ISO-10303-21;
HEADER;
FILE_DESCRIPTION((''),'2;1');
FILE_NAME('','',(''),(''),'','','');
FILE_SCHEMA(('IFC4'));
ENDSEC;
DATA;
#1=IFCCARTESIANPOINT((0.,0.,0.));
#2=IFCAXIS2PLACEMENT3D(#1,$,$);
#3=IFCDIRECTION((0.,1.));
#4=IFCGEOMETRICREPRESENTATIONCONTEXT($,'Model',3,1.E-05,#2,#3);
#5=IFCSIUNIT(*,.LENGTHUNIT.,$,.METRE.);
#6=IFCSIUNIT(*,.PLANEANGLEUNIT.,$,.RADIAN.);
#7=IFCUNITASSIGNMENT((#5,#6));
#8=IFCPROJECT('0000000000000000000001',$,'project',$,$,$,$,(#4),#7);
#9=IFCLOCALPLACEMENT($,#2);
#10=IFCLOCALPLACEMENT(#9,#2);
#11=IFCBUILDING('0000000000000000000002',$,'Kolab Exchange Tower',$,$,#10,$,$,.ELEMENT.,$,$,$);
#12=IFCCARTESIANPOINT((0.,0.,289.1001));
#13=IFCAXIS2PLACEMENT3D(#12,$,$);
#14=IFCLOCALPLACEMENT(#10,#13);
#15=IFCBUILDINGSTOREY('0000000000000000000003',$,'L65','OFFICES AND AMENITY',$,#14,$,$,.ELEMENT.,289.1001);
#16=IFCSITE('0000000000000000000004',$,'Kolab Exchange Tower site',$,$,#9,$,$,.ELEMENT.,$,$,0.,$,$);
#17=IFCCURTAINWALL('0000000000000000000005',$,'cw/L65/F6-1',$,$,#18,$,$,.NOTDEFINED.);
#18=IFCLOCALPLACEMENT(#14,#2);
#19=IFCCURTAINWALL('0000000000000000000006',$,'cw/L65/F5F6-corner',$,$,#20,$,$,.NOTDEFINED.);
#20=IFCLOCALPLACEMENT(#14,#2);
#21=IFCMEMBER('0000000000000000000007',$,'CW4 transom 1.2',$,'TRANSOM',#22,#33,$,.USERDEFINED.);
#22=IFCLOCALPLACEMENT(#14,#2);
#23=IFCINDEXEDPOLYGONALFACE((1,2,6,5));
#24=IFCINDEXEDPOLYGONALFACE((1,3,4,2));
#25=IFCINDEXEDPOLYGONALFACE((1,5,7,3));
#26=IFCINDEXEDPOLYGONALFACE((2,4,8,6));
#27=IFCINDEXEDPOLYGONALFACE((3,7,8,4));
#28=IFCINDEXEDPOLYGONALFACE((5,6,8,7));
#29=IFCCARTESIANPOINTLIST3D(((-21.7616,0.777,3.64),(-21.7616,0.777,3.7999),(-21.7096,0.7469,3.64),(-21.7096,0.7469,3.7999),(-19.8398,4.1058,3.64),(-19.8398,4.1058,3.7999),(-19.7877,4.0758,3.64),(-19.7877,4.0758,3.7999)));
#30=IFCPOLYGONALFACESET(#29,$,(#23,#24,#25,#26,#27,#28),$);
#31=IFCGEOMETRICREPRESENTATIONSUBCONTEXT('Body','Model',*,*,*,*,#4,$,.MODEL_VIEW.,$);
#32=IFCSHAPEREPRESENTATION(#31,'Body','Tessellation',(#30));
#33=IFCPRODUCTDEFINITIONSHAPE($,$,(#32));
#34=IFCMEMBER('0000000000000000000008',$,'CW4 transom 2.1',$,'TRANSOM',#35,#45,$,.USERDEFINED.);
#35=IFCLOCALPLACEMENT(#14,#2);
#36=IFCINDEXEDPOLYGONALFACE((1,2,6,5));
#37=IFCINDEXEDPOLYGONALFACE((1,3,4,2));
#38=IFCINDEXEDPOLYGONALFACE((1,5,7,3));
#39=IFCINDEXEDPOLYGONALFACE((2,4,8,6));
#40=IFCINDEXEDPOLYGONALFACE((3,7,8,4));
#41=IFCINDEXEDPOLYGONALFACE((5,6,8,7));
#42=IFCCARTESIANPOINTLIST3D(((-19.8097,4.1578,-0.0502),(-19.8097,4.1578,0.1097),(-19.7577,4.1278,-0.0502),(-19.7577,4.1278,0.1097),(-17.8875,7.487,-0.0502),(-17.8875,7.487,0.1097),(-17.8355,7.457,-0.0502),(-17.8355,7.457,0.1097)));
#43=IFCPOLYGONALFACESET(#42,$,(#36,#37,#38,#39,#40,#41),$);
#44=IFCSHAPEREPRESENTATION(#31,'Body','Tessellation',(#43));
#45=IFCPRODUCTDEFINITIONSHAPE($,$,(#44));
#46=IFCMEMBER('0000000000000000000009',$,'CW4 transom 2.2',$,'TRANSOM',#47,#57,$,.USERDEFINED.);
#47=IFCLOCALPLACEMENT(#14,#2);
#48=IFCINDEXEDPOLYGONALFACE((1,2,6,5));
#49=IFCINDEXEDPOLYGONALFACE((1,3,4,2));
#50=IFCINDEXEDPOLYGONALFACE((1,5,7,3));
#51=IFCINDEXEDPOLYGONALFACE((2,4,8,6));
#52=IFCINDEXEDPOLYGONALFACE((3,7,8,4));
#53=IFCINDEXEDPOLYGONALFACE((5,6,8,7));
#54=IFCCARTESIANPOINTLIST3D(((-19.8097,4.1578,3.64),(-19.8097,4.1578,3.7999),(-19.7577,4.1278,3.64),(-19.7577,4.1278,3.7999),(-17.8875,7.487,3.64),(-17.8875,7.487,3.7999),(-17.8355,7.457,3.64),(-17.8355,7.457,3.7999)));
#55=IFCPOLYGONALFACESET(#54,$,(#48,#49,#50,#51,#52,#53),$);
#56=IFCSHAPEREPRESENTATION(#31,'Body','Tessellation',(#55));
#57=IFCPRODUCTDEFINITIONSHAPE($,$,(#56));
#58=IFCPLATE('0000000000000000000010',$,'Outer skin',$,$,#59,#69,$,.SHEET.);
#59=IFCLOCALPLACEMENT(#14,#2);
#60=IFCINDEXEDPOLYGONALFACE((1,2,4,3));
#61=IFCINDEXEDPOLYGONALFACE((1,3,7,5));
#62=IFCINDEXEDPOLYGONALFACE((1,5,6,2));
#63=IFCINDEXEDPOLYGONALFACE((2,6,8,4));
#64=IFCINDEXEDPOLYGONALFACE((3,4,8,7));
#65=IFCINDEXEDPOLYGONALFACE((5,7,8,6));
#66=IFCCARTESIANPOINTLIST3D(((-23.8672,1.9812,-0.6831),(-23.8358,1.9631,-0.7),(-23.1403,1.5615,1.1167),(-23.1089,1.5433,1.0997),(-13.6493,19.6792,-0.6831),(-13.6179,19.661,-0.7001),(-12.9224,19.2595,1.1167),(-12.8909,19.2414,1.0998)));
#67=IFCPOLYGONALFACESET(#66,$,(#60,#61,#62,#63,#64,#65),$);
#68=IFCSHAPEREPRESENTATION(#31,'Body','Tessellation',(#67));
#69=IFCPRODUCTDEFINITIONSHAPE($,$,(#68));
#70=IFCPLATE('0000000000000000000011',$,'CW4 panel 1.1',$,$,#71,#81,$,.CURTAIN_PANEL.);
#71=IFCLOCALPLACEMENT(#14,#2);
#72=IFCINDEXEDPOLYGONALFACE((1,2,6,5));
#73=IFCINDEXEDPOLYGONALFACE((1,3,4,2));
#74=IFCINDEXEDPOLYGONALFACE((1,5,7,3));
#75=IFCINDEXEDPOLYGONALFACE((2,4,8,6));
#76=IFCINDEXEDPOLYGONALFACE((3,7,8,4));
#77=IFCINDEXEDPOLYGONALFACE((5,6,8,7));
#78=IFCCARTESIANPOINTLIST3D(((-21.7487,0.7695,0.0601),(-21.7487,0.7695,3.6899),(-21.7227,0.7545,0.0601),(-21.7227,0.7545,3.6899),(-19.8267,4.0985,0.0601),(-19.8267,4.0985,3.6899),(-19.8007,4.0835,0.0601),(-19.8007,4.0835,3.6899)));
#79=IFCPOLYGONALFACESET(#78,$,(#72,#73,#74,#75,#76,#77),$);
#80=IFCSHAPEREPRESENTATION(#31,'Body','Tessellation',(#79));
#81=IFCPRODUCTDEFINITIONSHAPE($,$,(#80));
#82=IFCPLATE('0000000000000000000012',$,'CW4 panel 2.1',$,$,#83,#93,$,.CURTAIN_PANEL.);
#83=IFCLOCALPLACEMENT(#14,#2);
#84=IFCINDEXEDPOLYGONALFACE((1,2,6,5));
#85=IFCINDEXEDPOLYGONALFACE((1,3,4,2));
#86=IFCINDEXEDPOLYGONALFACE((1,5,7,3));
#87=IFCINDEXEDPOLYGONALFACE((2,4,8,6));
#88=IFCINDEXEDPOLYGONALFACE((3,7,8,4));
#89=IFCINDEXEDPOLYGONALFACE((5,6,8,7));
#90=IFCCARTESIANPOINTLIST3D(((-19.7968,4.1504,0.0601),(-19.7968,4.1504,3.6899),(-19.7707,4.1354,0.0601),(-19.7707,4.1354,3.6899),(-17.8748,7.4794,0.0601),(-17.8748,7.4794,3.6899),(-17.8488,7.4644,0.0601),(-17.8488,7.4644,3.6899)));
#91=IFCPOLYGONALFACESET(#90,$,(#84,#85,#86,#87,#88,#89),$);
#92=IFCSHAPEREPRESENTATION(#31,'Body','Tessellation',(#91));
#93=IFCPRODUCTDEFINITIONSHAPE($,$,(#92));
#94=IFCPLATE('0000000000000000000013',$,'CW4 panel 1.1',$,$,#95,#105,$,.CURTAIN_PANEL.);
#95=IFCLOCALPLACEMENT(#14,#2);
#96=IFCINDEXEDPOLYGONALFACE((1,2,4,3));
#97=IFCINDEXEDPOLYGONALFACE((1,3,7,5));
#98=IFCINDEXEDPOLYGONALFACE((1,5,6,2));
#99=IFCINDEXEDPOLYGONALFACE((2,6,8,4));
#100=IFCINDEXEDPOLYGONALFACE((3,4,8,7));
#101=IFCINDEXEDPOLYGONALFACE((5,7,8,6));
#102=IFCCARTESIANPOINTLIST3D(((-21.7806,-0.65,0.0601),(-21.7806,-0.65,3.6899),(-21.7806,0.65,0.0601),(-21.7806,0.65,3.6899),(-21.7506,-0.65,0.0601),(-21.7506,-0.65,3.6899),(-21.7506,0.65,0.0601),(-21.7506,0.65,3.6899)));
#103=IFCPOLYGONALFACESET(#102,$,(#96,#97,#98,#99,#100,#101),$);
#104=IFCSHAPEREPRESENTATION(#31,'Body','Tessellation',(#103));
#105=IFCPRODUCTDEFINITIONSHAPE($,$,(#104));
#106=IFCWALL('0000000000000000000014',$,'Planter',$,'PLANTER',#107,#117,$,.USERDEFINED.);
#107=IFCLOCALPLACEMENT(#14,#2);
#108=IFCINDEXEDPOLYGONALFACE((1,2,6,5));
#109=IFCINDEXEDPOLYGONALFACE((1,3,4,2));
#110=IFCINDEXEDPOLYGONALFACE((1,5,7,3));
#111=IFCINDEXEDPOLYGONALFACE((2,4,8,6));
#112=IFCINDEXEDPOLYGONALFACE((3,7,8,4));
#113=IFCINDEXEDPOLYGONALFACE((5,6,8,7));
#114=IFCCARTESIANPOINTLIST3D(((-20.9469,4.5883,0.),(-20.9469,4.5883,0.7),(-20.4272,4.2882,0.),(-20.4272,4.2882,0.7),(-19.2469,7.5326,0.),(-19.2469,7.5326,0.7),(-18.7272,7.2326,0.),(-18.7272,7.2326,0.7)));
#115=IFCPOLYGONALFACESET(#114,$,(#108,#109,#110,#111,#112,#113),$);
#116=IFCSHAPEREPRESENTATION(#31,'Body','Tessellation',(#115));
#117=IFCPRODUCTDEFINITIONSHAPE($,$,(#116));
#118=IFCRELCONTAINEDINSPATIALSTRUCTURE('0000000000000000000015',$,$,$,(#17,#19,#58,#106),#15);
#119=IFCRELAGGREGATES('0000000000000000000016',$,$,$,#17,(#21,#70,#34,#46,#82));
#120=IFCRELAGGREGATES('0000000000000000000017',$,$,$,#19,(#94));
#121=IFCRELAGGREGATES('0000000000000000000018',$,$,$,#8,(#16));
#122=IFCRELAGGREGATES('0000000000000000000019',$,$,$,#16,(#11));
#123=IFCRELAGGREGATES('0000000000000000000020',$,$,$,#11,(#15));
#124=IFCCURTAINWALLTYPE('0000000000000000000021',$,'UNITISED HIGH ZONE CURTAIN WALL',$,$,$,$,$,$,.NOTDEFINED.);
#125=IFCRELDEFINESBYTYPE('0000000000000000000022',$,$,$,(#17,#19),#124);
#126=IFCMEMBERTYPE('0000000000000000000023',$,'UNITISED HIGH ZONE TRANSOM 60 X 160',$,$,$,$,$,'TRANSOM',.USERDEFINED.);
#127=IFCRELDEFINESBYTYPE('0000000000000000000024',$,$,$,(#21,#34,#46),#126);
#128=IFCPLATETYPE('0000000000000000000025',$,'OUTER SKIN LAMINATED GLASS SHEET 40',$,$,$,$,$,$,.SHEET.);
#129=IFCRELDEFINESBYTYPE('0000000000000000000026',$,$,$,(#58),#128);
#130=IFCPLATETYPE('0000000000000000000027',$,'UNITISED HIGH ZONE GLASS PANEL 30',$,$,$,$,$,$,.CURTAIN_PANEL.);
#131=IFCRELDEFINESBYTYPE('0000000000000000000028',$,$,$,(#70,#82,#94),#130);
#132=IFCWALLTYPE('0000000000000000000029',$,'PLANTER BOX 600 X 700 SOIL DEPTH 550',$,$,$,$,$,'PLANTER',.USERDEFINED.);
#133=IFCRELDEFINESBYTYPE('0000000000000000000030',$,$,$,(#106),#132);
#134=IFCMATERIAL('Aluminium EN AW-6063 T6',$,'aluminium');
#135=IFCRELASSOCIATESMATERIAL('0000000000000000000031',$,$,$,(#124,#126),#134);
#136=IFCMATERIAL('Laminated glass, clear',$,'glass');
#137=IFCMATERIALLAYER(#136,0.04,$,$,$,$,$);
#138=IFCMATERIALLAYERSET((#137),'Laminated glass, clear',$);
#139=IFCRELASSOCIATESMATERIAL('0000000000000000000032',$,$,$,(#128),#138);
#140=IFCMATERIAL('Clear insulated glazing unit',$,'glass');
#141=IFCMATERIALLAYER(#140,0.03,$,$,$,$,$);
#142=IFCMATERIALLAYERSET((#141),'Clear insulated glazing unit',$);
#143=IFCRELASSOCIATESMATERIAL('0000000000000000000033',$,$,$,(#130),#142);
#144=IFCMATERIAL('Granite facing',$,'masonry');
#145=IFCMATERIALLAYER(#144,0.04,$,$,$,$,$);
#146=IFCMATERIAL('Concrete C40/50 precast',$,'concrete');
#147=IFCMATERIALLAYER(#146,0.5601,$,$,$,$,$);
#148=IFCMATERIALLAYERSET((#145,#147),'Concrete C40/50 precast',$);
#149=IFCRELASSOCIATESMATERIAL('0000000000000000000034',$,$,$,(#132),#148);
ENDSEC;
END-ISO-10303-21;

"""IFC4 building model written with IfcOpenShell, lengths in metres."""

from ifc_helpers import new_model, si_unit, direction, frame, frame_2d, origin, origin_2d, place, context, subcontext, project, spatial, polyline, rectangle, outline, extrude, material, layer, layer_set, material_profile, profile_set, type_object, element, aggregate, save


model = new_model("IFC4")

# Units and contexts
model_context = context("Model", 3, precision=1e-05, world=origin(), true_north=direction((0.0, 1.0)))
body_context = subcontext(model_context, "Body", "Model", "MODEL_VIEW")
ifc_project = project(units=[si_unit("LENGTHUNIT", "METRE"), si_unit("PLANEANGLEUNIT", "RADIAN")], contexts=[model_context])

# Site, building, storey
site_placement = place(None, origin())
site = spatial("IfcSite", under=ifc_project, at=site_placement, Name="Kolab Exchange Tower site", CompositionType="ELEMENT", RefElevation=0.0)
building_placement = place(site_placement, origin())
building = spatial("IfcBuilding", under=site, at=building_placement, Name="Kolab Exchange Tower", CompositionType="ELEMENT")
storey_placement = place(building_placement, frame((0.0, 0.0, 289.1001)))
storey = spatial("IfcBuildingStorey", under=building, at=storey_placement, Name="L65", Description="OFFICES AND AMENITY", CompositionType="ELEMENT", Elevation=289.1001)

# Curtain wall
ifc_material_1 = material(Name="Aluminium EN AW-6063 T6", Category="aluminium")
curtain_wall_type = type_object("IfcCurtainWallType", Name="UNITISED HIGH ZONE CURTAIN WALL", PredefinedType="NOTDEFINED", material=ifc_material_1)
curtain_wall_1_placement = place(storey_placement, origin())
curtain_wall_1 = element("IfcCurtainWall", 1, at=curtain_wall_1_placement, inside=storey, type_object=curtain_wall_type, Name="cw/L65/F6-1", PredefinedType="NOTDEFINED")

# Curtain wall
curtain_wall_2_placement = place(storey_placement, origin())
curtain_wall_2 = element("IfcCurtainWall", 2, at=curtain_wall_2_placement, inside=storey, type_object=curtain_wall_type, Name="cw/L65/F5F6-corner", PredefinedType="NOTDEFINED")

# Members
ifc_material_profile_1 = material_profile(ifc_material_1, rectangle(XDim=0.0601, YDim=0.1599, at=origin_2d()), Name="RECT 60X160")
ifc_profile_set_1 = profile_set([ifc_material_profile_1], Name="Aluminium EN AW-6063 T6")
member_type_1 = type_object("IfcMemberType", Name="UNITISED HIGH ZONE TRANSOM 60 X 160", ElementType="TRANSOM", PredefinedType="USERDEFINED", material=ifc_profile_set_1)
member_1_placement = place(storey_placement, frame((-21.7356, 0.762, 3.72), z_axis=(0.499992, 0.86603, 0.0), x_axis=(-0.86603, 0.499992, 0.0)))
member_1 = element("IfcMember", 3, at=member_1_placement, type_object=member_type_1, Name="CW4 transom 1.2", ObjectType="TRANSOM", PredefinedType="USERDEFINED", context=body_context, shape_type="SweptSolid", body=[
    extrude(rectangle(XDim=0.0601, YDim=0.1599, at=origin_2d()), origin(), (0.0, 0.0, 1.0), 3.8438),
])
member_2_placement = place(storey_placement, frame((-19.7837, 4.1428, 0.0298), z_axis=(0.500012, 0.866018, 0.0), x_axis=(-0.866018, 0.500012, 0.0)))
member_2 = element("IfcMember", 4, at=member_2_placement, type_object=member_type_1, Name="CW4 transom 2.1", ObjectType="TRANSOM", PredefinedType="USERDEFINED", context=body_context, shape_type="SweptSolid", body=[
    extrude(rectangle(XDim=0.0601, YDim=0.1599, at=origin_2d()), origin(), (0.0, 0.0, 1.0), 3.8442),
])
member_3_placement = place(storey_placement, frame((-19.7837, 4.1428, 3.72), z_axis=(0.500012, 0.866018, 0.0), x_axis=(-0.866018, 0.500012, 0.0)))
member_3 = element("IfcMember", 5, at=member_3_placement, type_object=member_type_1, Name="CW4 transom 2.2", ObjectType="TRANSOM", PredefinedType="USERDEFINED", context=body_context, shape_type="SweptSolid", body=[
    extrude(rectangle(XDim=0.0601, YDim=0.1599, at=origin_2d()), origin(), (0.0, 0.0, 1.0), 3.8442),
])

# Plates
ifc_material_2 = material(Name="Laminated glass, clear", Category="glass")
ifc_layer_1 = layer(ifc_material_2, 0.04)
ifc_layer_set_1 = layer_set([ifc_layer_1], Name="Laminated glass, clear")
plate_type_1 = type_object("IfcPlateType", Name="OUTER SKIN LAMINATED GLASS SHEET 40", PredefinedType="SHEET", material=ifc_layer_set_1)
plate_1_placement = place(storey_placement, frame((-23.8672, 1.9812, -0.6831), z_axis=(-0.784867, 0.453141, 0.422666), x_axis=(0.499997, 0.866027, -0.000002)))
element("IfcPlate", 6, at=plate_1_placement, inside=storey, type_object=plate_type_1, Name="Outer skin", PredefinedType="SHEET", context=body_context, shape_type="SweptSolid", body=[
    extrude(outline(polyline([(0.0, 0.0), (20.4358, 0.0), (20.4359, -1.986), (-0.0001, -1.9859), (0.0, 0.0)])), origin(), (0.0, 0.0, -1.0), 0.04),
])
ifc_material_3 = material(Name="Clear insulated glazing unit", Category="glass")
ifc_layer_2 = layer(ifc_material_3, 0.03)
ifc_layer_set_2 = layer_set([ifc_layer_2], Name="Clear insulated glazing unit")
plate_type_2 = type_object("IfcPlateType", Name="UNITISED HIGH ZONE GLASS PANEL 30", PredefinedType="CURTAIN_PANEL", material=ifc_layer_set_2)
plate_2_placement = place(storey_placement, frame((-20.7747, 2.4265, 0.0601), z_axis=(0.0, 0.0, 1.0), x_axis=(0.5, 0.866025, 0.0)))
plate_2 = element("IfcPlate", 7, at=plate_2_placement, type_object=plate_type_2, Name="CW4 panel 1.1", PredefinedType="CURTAIN_PANEL", context=body_context, shape_type="SweptSolid", body=[
    extrude(rectangle(XDim=3.844, YDim=0.03, at=origin_2d()), origin(), (0.0, 0.0, 1.0), 3.6299),
])
plate_3_placement = place(storey_placement, frame((-18.8228, 5.8074, 0.0601), z_axis=(0.0, 0.0, 1.0), x_axis=(0.5, 0.866025, 0.0)))
plate_3 = element("IfcPlate", 8, at=plate_3_placement, type_object=plate_type_2, Name="CW4 panel 2.1", PredefinedType="CURTAIN_PANEL", context=body_context, shape_type="SweptSolid", body=[
    extrude(rectangle(XDim=3.844, YDim=0.03, at=origin_2d()), origin(), (0.0, 0.0, 1.0), 3.6299),
])
aggregate(curtain_wall_1, [member_1, plate_2, member_2, member_3, plate_3])
plate_4_placement = place(storey_placement, frame((-21.7656, 0.0, 0.0601), z_axis=(0.0, 0.0, 1.0), x_axis=(0.0, 1.0, 0.0)))
plate_4 = element("IfcPlate", 9, at=plate_4_placement, type_object=plate_type_2, Name="CW4 panel 1.1", PredefinedType="CURTAIN_PANEL", context=body_context, shape_type="SweptSolid", body=[
    extrude(rectangle(XDim=1.3, YDim=0.03, at=origin_2d()), origin(), (0.0, 0.0, 1.0), 3.6299),
])
aggregate(curtain_wall_2, [plate_4])

# Wall
ifc_material_4 = material(Name="Granite facing", Category="masonry")
ifc_layer_3 = layer(ifc_material_4, 0.04)
ifc_material_5 = material(Name="Concrete C40/50 precast", Category="concrete")
ifc_layer_4 = layer(ifc_material_5, 0.5601)
ifc_layer_set_3 = layer_set([ifc_layer_3, ifc_layer_4], Name="Concrete C40/50 precast")
wall_type_1 = type_object("IfcWallType", Name="PLANTER BOX 600 X 700 SOIL DEPTH 550", ElementType="PLANTER", PredefinedType="USERDEFINED", material=ifc_layer_set_3)
wall_1_placement = place(storey_placement, frame((-20.687, 4.4382, 0.0), z_axis=(0.0, 0.0, 1.0), x_axis=(0.500008, 0.866021, 0.0)))
element("IfcWall", 10, at=wall_1_placement, inside=storey, type_object=wall_type_1, Name="Planter", ObjectType="PLANTER", PredefinedType="USERDEFINED", context=body_context, shape_type="SweptSolid", body=[
    extrude(rectangle(XDim=3.3999, YDim=0.6001, at=frame_2d((1.7, 0.0))), origin(), (0.0, 0.0, 1.0), 0.7),
])

save(model, "model.ifc")
